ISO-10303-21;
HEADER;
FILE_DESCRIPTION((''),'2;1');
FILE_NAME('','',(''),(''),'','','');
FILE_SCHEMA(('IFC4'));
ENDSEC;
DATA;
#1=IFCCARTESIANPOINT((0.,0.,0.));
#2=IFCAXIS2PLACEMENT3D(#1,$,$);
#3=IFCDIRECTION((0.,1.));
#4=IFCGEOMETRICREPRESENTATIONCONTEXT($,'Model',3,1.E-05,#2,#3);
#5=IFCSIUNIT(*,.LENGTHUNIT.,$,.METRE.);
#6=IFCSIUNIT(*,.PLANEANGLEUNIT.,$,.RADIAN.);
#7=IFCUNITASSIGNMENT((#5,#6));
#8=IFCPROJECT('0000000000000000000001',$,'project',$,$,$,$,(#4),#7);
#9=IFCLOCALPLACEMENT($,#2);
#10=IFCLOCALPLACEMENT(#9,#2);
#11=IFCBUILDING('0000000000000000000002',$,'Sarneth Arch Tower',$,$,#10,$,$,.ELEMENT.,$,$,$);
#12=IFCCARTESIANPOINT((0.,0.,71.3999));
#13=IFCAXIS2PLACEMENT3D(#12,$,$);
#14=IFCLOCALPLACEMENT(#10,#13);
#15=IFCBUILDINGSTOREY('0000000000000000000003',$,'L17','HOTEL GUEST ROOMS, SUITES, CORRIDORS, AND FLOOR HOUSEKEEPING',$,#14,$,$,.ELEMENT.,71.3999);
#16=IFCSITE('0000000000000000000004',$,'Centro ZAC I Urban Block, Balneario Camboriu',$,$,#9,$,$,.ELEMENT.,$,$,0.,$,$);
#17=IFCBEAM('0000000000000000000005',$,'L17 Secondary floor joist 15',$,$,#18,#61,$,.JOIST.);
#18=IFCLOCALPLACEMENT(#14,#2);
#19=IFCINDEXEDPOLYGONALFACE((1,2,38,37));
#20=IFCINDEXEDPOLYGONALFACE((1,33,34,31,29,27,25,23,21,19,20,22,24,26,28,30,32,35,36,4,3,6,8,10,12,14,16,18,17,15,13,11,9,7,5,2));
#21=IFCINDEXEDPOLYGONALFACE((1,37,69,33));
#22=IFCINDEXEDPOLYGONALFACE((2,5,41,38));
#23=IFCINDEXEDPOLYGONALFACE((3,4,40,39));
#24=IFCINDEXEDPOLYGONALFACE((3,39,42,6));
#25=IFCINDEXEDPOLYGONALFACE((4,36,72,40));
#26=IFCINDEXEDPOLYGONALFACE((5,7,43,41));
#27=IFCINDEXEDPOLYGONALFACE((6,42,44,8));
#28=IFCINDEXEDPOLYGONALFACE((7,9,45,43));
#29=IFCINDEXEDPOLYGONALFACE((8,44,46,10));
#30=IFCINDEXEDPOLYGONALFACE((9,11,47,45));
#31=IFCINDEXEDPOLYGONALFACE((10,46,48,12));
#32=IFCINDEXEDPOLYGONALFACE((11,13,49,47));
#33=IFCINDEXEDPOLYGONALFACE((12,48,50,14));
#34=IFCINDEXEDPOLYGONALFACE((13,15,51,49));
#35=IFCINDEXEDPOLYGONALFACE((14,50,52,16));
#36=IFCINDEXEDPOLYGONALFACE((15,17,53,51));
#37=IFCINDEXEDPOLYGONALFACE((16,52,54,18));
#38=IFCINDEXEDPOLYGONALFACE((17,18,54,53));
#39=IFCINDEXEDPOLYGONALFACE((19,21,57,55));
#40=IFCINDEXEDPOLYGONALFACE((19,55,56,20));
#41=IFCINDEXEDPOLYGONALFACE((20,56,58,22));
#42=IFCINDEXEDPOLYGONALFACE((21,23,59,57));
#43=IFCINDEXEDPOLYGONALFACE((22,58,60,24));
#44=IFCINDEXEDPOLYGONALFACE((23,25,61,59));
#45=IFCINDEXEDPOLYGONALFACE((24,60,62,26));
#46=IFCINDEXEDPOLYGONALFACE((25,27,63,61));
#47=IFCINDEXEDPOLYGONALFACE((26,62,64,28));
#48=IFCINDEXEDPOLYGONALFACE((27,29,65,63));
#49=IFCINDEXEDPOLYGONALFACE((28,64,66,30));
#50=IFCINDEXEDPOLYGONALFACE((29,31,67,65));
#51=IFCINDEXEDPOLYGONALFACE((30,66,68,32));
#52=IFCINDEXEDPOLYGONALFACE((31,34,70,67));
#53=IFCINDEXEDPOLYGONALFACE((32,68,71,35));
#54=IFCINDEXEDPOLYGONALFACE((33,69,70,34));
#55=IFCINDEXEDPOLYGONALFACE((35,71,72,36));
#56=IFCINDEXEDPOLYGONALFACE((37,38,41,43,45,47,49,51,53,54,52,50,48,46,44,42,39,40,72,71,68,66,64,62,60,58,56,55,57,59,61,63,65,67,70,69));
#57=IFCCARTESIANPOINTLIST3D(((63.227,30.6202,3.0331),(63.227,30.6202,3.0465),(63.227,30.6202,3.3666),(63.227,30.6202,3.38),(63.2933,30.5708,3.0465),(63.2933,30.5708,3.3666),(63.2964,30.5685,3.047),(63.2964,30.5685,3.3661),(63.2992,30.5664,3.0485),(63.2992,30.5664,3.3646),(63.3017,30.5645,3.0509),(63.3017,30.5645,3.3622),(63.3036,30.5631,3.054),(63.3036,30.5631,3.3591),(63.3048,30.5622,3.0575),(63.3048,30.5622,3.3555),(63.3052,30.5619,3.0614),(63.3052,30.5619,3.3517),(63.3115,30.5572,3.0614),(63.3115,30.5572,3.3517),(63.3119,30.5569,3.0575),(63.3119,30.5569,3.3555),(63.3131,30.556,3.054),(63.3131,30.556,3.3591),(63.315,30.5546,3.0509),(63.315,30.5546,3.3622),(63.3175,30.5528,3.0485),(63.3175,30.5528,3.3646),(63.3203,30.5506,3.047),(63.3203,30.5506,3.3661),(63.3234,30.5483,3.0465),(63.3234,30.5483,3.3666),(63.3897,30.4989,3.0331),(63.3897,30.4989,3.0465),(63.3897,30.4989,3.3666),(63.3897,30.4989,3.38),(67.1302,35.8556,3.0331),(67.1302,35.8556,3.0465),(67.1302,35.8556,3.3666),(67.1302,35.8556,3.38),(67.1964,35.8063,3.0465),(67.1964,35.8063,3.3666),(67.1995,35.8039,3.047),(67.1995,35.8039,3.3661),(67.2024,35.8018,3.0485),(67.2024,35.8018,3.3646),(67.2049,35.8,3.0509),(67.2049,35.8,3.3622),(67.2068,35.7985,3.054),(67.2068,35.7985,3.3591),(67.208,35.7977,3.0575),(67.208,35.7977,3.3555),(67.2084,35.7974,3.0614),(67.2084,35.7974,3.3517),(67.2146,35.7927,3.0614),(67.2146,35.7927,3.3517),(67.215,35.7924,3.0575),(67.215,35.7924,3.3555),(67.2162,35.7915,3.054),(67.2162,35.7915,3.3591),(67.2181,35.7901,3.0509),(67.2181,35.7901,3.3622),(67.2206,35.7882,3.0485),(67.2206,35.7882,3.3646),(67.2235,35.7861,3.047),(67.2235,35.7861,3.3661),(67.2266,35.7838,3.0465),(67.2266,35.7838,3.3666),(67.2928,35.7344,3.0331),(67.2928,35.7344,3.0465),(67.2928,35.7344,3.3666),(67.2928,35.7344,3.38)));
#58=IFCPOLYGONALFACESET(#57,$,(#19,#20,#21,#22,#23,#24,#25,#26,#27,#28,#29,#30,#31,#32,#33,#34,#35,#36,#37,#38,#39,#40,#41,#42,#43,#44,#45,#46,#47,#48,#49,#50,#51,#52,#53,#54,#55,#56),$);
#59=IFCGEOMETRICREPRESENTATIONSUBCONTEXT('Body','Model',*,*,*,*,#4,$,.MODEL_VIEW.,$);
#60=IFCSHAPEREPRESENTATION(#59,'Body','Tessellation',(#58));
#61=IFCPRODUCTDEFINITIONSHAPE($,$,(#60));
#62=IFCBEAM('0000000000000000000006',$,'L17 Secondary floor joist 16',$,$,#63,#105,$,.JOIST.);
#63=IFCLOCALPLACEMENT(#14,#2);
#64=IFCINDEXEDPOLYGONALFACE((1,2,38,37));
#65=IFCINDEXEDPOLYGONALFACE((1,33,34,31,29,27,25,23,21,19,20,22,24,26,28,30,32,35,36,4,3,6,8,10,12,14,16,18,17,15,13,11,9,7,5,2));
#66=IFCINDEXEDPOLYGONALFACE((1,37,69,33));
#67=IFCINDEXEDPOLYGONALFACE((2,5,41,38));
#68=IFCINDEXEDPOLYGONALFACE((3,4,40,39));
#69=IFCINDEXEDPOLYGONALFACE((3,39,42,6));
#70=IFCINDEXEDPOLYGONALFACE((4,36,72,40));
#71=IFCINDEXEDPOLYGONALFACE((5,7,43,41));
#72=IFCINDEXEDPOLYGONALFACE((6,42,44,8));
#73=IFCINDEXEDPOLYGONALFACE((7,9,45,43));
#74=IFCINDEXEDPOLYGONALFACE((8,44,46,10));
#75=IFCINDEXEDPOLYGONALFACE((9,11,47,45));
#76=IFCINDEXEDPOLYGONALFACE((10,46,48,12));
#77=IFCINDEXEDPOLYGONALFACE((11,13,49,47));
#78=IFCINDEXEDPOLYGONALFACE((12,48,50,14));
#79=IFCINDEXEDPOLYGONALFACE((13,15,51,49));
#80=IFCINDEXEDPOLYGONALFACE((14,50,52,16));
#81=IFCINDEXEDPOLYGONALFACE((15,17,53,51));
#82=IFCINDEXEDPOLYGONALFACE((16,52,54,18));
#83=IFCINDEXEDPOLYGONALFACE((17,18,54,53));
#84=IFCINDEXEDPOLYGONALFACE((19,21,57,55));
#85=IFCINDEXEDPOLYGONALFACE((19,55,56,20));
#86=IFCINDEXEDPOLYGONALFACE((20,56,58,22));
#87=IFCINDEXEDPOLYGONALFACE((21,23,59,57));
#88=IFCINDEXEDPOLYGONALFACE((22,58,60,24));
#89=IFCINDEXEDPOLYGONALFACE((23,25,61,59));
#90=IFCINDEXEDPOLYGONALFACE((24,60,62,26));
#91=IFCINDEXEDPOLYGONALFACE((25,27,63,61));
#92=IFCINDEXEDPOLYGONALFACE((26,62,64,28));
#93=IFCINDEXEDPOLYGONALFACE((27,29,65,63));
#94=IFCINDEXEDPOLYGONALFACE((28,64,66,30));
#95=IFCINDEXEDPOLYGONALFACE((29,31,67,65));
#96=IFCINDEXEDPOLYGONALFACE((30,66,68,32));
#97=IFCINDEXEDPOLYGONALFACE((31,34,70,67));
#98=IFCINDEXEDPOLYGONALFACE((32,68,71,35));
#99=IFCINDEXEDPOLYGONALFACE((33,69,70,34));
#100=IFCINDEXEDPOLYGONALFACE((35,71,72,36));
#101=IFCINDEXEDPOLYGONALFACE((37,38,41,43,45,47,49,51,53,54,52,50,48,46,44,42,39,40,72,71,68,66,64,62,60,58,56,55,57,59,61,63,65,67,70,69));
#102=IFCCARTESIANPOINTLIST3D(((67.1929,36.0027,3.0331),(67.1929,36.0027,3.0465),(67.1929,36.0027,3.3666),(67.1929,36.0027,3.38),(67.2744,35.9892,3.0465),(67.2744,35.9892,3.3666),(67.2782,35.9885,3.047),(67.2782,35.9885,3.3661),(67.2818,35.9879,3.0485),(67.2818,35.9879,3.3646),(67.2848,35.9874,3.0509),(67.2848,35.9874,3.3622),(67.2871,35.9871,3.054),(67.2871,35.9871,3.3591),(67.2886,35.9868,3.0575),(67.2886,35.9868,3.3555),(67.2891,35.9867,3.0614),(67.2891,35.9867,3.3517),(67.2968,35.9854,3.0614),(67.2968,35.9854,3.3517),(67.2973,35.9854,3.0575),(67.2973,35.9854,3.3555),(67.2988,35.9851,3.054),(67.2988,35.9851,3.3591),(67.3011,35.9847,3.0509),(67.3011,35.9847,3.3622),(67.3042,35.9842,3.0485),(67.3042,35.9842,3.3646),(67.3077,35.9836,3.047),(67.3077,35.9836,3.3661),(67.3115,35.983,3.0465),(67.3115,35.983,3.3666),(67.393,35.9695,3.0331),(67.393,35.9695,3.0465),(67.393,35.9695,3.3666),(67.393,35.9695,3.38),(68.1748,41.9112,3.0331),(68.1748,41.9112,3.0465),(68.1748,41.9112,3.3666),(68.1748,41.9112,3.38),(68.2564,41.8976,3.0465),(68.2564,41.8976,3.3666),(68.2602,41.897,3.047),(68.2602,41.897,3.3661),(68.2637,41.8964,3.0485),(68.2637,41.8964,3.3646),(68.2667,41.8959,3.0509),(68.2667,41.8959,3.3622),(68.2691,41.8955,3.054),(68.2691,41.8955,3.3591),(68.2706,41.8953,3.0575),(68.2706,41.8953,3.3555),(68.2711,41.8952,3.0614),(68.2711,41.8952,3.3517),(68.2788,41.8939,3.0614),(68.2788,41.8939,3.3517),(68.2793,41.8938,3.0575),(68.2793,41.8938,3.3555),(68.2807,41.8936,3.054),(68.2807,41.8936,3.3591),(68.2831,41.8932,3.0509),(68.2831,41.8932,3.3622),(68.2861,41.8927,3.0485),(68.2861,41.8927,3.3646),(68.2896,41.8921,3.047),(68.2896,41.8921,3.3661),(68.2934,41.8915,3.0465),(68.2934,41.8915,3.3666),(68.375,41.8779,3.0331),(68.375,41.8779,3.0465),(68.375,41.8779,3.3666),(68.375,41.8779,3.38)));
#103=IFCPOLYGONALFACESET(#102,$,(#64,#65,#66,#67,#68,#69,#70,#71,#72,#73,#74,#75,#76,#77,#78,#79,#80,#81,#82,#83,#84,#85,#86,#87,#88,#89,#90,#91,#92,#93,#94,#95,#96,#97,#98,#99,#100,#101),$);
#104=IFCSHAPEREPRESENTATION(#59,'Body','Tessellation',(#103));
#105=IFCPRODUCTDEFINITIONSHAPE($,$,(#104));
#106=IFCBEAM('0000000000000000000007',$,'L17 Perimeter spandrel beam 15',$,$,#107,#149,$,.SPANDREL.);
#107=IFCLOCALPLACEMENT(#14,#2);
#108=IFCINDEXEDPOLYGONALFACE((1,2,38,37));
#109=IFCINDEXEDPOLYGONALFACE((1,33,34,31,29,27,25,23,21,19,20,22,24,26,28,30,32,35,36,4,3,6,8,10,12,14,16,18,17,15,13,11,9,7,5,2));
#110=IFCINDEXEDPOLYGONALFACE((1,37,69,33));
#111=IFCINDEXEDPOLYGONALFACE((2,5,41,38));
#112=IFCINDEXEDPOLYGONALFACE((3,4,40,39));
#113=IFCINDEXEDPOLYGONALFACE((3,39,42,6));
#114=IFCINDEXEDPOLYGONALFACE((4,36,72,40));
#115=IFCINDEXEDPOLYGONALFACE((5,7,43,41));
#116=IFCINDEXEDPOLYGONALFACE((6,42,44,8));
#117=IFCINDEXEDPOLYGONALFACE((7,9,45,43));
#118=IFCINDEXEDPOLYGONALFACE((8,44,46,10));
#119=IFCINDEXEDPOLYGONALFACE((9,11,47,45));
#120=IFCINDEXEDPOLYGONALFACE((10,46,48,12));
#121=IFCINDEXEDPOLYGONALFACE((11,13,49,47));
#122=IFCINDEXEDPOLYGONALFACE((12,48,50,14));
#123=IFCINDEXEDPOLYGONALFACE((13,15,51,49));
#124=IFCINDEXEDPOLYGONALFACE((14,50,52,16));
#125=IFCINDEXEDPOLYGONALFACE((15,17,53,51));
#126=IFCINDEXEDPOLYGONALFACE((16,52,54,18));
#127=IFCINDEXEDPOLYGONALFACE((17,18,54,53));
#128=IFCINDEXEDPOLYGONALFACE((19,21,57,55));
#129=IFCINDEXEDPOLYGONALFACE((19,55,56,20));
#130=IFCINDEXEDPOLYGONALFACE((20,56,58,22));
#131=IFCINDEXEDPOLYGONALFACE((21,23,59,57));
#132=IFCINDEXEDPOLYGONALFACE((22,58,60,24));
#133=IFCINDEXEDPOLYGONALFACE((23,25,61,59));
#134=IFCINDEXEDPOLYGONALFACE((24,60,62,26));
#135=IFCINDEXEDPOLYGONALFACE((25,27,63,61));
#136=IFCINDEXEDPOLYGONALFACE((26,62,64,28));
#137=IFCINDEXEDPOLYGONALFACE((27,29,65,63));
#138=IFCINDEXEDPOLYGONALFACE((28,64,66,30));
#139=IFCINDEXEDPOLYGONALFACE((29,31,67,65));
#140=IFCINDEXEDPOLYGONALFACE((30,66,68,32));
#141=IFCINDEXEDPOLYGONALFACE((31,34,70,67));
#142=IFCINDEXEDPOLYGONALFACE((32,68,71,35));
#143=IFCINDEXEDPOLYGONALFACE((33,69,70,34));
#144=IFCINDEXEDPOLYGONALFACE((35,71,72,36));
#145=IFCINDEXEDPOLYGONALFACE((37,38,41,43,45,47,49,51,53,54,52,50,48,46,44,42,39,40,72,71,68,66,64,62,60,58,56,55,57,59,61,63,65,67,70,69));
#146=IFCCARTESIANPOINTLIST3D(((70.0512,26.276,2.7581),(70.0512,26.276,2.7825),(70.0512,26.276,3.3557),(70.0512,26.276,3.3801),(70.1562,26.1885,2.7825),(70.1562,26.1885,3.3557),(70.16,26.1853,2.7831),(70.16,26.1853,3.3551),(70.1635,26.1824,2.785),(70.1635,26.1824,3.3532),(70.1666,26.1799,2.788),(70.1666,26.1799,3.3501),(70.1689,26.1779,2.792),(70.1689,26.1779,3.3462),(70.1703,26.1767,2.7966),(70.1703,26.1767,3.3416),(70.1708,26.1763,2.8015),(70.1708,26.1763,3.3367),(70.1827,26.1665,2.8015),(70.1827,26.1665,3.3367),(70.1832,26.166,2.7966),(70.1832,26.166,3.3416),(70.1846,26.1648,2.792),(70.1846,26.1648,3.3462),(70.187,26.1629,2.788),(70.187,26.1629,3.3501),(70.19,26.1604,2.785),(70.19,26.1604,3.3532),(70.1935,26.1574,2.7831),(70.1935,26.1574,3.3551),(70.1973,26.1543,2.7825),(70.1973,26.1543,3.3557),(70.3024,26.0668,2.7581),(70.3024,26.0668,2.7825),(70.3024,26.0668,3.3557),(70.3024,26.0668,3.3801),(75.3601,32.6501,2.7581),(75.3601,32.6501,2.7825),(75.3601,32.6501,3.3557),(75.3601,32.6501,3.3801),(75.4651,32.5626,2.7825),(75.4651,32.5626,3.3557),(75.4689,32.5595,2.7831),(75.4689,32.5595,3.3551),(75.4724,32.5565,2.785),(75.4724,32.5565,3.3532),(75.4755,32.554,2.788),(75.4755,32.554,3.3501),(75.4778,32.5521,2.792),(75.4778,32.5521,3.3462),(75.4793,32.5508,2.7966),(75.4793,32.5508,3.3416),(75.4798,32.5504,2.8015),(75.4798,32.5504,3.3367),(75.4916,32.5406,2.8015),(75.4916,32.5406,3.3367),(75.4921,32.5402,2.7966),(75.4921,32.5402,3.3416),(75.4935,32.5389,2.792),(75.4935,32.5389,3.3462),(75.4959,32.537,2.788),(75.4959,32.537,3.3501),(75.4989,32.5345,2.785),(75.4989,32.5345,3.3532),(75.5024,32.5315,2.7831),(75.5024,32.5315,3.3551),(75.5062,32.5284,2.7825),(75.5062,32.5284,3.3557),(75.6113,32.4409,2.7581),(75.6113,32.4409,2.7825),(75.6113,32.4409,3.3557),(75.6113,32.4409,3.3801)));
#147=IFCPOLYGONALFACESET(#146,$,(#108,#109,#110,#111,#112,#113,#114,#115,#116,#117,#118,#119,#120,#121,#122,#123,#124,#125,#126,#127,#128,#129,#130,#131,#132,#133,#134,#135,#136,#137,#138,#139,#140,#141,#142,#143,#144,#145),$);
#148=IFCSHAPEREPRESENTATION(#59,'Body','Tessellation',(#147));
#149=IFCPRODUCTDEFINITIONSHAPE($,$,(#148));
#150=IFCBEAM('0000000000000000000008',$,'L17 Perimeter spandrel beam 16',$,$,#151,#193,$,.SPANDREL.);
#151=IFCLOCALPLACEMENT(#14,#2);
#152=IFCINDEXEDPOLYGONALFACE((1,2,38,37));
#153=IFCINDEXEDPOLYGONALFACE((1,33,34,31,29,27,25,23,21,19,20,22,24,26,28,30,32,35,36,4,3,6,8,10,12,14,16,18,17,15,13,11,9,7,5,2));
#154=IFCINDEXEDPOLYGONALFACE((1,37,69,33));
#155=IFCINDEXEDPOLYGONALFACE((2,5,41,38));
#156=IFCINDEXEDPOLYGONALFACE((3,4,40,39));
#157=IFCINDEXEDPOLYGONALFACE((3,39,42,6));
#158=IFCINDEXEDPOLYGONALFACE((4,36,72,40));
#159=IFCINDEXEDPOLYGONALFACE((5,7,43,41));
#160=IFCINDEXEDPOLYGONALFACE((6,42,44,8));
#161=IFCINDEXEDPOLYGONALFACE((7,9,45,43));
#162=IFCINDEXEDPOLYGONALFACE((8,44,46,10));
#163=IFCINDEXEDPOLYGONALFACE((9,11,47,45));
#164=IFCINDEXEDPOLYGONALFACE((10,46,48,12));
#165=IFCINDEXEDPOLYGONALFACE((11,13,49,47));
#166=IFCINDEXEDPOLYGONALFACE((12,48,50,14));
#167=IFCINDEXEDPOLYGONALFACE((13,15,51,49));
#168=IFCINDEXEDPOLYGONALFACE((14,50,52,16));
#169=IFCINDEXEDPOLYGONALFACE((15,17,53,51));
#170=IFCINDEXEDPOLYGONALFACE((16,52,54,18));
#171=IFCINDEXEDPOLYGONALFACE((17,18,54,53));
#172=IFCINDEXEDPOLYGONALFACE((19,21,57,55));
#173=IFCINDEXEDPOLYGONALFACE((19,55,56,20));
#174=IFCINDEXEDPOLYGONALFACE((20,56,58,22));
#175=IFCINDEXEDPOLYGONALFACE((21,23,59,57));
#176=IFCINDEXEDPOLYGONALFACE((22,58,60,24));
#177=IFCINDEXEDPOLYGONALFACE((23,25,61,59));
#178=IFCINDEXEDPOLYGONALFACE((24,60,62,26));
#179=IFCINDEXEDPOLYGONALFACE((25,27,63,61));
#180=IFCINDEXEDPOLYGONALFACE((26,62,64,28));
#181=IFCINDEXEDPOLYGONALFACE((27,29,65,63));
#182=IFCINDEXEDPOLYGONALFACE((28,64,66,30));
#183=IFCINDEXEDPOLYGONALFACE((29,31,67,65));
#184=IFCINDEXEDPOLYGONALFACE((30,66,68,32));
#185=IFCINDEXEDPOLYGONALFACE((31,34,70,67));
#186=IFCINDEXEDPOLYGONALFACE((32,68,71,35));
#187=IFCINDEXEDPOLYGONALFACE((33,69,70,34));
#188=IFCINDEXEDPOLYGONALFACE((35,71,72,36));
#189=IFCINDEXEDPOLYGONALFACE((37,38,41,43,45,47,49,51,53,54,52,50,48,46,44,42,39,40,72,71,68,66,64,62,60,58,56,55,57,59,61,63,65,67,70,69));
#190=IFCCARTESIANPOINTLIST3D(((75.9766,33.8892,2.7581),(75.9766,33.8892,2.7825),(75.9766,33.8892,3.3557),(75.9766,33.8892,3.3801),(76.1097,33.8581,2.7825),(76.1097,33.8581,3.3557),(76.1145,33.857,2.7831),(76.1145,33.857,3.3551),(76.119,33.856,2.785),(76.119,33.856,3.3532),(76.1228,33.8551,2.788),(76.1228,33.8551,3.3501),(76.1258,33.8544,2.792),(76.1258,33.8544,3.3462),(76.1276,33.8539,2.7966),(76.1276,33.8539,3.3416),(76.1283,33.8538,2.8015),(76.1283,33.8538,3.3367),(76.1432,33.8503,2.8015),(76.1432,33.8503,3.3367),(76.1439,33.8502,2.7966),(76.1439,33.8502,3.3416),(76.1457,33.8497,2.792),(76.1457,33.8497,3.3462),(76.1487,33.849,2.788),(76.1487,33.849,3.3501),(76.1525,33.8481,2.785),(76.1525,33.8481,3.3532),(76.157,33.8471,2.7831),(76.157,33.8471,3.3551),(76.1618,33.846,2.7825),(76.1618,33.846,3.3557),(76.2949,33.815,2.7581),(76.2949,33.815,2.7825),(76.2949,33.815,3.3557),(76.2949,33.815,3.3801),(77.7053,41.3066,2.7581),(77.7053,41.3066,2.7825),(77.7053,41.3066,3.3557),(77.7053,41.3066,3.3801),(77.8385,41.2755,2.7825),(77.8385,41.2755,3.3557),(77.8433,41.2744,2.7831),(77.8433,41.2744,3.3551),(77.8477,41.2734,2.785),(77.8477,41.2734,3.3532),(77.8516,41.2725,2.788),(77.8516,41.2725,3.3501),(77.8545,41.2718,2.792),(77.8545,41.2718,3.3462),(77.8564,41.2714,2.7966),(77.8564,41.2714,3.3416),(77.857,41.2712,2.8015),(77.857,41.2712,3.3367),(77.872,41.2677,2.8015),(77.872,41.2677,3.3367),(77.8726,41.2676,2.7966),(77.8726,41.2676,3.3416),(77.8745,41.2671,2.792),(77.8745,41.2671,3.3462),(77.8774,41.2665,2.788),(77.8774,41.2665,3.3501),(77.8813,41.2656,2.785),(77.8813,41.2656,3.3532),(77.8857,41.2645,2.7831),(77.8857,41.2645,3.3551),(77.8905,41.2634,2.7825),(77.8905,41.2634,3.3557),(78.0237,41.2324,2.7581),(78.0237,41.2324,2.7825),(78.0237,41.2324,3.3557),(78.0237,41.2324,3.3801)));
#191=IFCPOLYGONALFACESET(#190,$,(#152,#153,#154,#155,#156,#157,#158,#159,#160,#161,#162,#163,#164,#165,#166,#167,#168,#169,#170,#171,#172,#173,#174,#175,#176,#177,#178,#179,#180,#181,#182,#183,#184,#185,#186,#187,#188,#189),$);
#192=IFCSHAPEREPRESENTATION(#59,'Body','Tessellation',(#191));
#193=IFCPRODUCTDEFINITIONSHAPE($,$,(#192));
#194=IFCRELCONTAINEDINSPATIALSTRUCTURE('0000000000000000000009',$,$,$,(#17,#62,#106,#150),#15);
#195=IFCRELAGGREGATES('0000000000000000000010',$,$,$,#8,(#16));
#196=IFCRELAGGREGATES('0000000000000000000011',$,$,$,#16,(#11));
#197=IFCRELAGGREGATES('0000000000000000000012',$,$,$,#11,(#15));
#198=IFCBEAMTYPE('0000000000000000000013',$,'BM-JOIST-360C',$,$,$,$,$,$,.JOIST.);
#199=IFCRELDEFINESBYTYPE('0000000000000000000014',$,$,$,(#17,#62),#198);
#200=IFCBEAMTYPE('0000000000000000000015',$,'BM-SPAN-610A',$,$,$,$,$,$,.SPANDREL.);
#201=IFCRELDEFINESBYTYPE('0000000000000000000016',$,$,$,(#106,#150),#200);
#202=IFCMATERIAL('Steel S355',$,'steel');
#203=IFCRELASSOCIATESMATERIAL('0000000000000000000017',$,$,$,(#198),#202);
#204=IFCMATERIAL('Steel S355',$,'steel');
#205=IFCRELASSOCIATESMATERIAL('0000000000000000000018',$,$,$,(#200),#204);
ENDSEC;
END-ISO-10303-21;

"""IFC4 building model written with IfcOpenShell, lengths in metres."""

from ifc_helpers import new_model, si_unit, direction, frame, origin, origin_2d, place, context, subcontext, project, spatial, i_section, extrude, material, material_profile, profile_set, type_object, element, save


model = new_model("IFC4")

# Units and contexts
model_context = context("Model", 3, precision=1e-05, world=origin(), true_north=direction((0.0, 1.0)))
body_context = subcontext(model_context, "Body", "Model", "MODEL_VIEW")
ifc_project = project(units=[si_unit("LENGTHUNIT", "METRE"), si_unit("PLANEANGLEUNIT", "RADIAN")], contexts=[model_context])

# Site, building, storey
site_placement = place(None, origin())
site = spatial("IfcSite", under=ifc_project, at=site_placement, Name="Centro ZAC I Urban Block, Balneario Camboriu", CompositionType="ELEMENT", RefElevation=0.0)
building_placement = place(site_placement, origin())
building = spatial("IfcBuilding", under=site, at=building_placement, Name="Sarneth Arch Tower", CompositionType="ELEMENT")
storey_placement = place(building_placement, frame((0.0, 0.0, 71.3999)))
storey = spatial("IfcBuildingStorey", under=building, at=storey_placement, Name="L17", Description="HOTEL GUEST ROOMS, SUITES, CORRIDORS, AND FLOOR HOUSEKEEPING", CompositionType="ELEMENT", Elevation=71.3999)

# Beams
ifc_material_1 = material(Name="Steel S355", Category="steel")
ifc_material_profile_1 = material_profile(ifc_material_1, i_section(OverallWidth=0.2029, OverallDepth=0.3469, WebThickness=0.0078, FlangeThickness=0.0134, FilletRadius=0.0149, at=origin_2d()), Name="W360x64")
ifc_profile_set_1 = profile_set([ifc_material_profile_1], Name="Steel S355")
beam_type_1 = type_object("IfcBeamType", Name="BM-JOIST-360C", PredefinedType="JOIST", material=ifc_profile_set_1)
beam_1_placement = place(storey_placement, frame((63.3083, 30.5596, 3.2065), z_axis=(0.5977, 0.801719, 0.0), x_axis=(-0.801719, 0.5977, 0.0)))
element("IfcBeam", 1, at=beam_1_placement, inside=storey, type_object=beam_type_1, Name="L17 Secondary floor joist 15", PredefinedType="JOIST", context=body_context, shape_type="SweptSolid", body=[
    extrude(i_section(OverallWidth=0.2029, OverallDepth=0.3469, WebThickness=0.0078, FlangeThickness=0.0134, FilletRadius=0.0149, at=origin_2d()), origin(), (0.0, 0.0, 1.0), 6.5303),
])
beam_2_placement = place(storey_placement, frame((67.293, 35.9861, 3.2065), z_axis=(0.163943, 0.98647, 0.0), x_axis=(-0.98647, 0.163943, 0.0)))
element("IfcBeam", 2, at=beam_2_placement, inside=storey, type_object=beam_type_1, Name="L17 Secondary floor joist 16", PredefinedType="JOIST", context=body_context, shape_type="SweptSolid", body=[
    extrude(i_section(OverallWidth=0.2029, OverallDepth=0.3469, WebThickness=0.0078, FlangeThickness=0.0134, FilletRadius=0.0149, at=origin_2d()), origin(), (0.0, 0.0, 1.0), 5.9895),
])
ifc_material_2 = material(Name="Steel S355", Category="steel")
ifc_material_profile_2 = material_profile(ifc_material_2, i_section(OverallWidth=0.3269, OverallDepth=0.6221, WebThickness=0.0154, FlangeThickness=0.0244, FilletRadius=0.019, at=origin_2d()), Name="W610x195")
ifc_profile_set_2 = profile_set([ifc_material_profile_2], Name="Steel S355")
beam_type_2 = type_object("IfcBeamType", Name="BM-SPAN-610A", PredefinedType="SPANDREL", material=ifc_profile_set_2)
beam_3_placement = place(storey_placement, frame((70.1768, 26.1714, 3.0691), z_axis=(0.639982, 0.76839, 0.0), x_axis=(-0.76839, 0.639982, 0.0)))
element("IfcBeam", 3, at=beam_3_placement, inside=storey, type_object=beam_type_2, Name="L17 Perimeter spandrel beam 15", PredefinedType="SPANDREL", context=body_context, shape_type="SweptSolid", body=[
    extrude(i_section(OverallWidth=0.3269, OverallDepth=0.6221, WebThickness=0.0154, FlangeThickness=0.0244, FilletRadius=0.019, at=origin_2d()), origin(), (0.0, 0.0, 1.0), 8.2954),
])
beam_4_placement = place(storey_placement, frame((76.1357, 33.8521, 3.0691), z_axis=(0.226982, 0.973899, 0.0), x_axis=(-0.973899, 0.226982, 0.0)))
element("IfcBeam", 4, at=beam_4_placement, inside=storey, type_object=beam_type_2, Name="L17 Perimeter spandrel beam 16", PredefinedType="SPANDREL", context=body_context, shape_type="SweptSolid", body=[
    extrude(i_section(OverallWidth=0.3269, OverallDepth=0.6221, WebThickness=0.0154, FlangeThickness=0.0244, FilletRadius=0.019, at=origin_2d()), origin(), (0.0, 0.0, 1.0), 7.6162),
])

save(model, "model.ifc")
